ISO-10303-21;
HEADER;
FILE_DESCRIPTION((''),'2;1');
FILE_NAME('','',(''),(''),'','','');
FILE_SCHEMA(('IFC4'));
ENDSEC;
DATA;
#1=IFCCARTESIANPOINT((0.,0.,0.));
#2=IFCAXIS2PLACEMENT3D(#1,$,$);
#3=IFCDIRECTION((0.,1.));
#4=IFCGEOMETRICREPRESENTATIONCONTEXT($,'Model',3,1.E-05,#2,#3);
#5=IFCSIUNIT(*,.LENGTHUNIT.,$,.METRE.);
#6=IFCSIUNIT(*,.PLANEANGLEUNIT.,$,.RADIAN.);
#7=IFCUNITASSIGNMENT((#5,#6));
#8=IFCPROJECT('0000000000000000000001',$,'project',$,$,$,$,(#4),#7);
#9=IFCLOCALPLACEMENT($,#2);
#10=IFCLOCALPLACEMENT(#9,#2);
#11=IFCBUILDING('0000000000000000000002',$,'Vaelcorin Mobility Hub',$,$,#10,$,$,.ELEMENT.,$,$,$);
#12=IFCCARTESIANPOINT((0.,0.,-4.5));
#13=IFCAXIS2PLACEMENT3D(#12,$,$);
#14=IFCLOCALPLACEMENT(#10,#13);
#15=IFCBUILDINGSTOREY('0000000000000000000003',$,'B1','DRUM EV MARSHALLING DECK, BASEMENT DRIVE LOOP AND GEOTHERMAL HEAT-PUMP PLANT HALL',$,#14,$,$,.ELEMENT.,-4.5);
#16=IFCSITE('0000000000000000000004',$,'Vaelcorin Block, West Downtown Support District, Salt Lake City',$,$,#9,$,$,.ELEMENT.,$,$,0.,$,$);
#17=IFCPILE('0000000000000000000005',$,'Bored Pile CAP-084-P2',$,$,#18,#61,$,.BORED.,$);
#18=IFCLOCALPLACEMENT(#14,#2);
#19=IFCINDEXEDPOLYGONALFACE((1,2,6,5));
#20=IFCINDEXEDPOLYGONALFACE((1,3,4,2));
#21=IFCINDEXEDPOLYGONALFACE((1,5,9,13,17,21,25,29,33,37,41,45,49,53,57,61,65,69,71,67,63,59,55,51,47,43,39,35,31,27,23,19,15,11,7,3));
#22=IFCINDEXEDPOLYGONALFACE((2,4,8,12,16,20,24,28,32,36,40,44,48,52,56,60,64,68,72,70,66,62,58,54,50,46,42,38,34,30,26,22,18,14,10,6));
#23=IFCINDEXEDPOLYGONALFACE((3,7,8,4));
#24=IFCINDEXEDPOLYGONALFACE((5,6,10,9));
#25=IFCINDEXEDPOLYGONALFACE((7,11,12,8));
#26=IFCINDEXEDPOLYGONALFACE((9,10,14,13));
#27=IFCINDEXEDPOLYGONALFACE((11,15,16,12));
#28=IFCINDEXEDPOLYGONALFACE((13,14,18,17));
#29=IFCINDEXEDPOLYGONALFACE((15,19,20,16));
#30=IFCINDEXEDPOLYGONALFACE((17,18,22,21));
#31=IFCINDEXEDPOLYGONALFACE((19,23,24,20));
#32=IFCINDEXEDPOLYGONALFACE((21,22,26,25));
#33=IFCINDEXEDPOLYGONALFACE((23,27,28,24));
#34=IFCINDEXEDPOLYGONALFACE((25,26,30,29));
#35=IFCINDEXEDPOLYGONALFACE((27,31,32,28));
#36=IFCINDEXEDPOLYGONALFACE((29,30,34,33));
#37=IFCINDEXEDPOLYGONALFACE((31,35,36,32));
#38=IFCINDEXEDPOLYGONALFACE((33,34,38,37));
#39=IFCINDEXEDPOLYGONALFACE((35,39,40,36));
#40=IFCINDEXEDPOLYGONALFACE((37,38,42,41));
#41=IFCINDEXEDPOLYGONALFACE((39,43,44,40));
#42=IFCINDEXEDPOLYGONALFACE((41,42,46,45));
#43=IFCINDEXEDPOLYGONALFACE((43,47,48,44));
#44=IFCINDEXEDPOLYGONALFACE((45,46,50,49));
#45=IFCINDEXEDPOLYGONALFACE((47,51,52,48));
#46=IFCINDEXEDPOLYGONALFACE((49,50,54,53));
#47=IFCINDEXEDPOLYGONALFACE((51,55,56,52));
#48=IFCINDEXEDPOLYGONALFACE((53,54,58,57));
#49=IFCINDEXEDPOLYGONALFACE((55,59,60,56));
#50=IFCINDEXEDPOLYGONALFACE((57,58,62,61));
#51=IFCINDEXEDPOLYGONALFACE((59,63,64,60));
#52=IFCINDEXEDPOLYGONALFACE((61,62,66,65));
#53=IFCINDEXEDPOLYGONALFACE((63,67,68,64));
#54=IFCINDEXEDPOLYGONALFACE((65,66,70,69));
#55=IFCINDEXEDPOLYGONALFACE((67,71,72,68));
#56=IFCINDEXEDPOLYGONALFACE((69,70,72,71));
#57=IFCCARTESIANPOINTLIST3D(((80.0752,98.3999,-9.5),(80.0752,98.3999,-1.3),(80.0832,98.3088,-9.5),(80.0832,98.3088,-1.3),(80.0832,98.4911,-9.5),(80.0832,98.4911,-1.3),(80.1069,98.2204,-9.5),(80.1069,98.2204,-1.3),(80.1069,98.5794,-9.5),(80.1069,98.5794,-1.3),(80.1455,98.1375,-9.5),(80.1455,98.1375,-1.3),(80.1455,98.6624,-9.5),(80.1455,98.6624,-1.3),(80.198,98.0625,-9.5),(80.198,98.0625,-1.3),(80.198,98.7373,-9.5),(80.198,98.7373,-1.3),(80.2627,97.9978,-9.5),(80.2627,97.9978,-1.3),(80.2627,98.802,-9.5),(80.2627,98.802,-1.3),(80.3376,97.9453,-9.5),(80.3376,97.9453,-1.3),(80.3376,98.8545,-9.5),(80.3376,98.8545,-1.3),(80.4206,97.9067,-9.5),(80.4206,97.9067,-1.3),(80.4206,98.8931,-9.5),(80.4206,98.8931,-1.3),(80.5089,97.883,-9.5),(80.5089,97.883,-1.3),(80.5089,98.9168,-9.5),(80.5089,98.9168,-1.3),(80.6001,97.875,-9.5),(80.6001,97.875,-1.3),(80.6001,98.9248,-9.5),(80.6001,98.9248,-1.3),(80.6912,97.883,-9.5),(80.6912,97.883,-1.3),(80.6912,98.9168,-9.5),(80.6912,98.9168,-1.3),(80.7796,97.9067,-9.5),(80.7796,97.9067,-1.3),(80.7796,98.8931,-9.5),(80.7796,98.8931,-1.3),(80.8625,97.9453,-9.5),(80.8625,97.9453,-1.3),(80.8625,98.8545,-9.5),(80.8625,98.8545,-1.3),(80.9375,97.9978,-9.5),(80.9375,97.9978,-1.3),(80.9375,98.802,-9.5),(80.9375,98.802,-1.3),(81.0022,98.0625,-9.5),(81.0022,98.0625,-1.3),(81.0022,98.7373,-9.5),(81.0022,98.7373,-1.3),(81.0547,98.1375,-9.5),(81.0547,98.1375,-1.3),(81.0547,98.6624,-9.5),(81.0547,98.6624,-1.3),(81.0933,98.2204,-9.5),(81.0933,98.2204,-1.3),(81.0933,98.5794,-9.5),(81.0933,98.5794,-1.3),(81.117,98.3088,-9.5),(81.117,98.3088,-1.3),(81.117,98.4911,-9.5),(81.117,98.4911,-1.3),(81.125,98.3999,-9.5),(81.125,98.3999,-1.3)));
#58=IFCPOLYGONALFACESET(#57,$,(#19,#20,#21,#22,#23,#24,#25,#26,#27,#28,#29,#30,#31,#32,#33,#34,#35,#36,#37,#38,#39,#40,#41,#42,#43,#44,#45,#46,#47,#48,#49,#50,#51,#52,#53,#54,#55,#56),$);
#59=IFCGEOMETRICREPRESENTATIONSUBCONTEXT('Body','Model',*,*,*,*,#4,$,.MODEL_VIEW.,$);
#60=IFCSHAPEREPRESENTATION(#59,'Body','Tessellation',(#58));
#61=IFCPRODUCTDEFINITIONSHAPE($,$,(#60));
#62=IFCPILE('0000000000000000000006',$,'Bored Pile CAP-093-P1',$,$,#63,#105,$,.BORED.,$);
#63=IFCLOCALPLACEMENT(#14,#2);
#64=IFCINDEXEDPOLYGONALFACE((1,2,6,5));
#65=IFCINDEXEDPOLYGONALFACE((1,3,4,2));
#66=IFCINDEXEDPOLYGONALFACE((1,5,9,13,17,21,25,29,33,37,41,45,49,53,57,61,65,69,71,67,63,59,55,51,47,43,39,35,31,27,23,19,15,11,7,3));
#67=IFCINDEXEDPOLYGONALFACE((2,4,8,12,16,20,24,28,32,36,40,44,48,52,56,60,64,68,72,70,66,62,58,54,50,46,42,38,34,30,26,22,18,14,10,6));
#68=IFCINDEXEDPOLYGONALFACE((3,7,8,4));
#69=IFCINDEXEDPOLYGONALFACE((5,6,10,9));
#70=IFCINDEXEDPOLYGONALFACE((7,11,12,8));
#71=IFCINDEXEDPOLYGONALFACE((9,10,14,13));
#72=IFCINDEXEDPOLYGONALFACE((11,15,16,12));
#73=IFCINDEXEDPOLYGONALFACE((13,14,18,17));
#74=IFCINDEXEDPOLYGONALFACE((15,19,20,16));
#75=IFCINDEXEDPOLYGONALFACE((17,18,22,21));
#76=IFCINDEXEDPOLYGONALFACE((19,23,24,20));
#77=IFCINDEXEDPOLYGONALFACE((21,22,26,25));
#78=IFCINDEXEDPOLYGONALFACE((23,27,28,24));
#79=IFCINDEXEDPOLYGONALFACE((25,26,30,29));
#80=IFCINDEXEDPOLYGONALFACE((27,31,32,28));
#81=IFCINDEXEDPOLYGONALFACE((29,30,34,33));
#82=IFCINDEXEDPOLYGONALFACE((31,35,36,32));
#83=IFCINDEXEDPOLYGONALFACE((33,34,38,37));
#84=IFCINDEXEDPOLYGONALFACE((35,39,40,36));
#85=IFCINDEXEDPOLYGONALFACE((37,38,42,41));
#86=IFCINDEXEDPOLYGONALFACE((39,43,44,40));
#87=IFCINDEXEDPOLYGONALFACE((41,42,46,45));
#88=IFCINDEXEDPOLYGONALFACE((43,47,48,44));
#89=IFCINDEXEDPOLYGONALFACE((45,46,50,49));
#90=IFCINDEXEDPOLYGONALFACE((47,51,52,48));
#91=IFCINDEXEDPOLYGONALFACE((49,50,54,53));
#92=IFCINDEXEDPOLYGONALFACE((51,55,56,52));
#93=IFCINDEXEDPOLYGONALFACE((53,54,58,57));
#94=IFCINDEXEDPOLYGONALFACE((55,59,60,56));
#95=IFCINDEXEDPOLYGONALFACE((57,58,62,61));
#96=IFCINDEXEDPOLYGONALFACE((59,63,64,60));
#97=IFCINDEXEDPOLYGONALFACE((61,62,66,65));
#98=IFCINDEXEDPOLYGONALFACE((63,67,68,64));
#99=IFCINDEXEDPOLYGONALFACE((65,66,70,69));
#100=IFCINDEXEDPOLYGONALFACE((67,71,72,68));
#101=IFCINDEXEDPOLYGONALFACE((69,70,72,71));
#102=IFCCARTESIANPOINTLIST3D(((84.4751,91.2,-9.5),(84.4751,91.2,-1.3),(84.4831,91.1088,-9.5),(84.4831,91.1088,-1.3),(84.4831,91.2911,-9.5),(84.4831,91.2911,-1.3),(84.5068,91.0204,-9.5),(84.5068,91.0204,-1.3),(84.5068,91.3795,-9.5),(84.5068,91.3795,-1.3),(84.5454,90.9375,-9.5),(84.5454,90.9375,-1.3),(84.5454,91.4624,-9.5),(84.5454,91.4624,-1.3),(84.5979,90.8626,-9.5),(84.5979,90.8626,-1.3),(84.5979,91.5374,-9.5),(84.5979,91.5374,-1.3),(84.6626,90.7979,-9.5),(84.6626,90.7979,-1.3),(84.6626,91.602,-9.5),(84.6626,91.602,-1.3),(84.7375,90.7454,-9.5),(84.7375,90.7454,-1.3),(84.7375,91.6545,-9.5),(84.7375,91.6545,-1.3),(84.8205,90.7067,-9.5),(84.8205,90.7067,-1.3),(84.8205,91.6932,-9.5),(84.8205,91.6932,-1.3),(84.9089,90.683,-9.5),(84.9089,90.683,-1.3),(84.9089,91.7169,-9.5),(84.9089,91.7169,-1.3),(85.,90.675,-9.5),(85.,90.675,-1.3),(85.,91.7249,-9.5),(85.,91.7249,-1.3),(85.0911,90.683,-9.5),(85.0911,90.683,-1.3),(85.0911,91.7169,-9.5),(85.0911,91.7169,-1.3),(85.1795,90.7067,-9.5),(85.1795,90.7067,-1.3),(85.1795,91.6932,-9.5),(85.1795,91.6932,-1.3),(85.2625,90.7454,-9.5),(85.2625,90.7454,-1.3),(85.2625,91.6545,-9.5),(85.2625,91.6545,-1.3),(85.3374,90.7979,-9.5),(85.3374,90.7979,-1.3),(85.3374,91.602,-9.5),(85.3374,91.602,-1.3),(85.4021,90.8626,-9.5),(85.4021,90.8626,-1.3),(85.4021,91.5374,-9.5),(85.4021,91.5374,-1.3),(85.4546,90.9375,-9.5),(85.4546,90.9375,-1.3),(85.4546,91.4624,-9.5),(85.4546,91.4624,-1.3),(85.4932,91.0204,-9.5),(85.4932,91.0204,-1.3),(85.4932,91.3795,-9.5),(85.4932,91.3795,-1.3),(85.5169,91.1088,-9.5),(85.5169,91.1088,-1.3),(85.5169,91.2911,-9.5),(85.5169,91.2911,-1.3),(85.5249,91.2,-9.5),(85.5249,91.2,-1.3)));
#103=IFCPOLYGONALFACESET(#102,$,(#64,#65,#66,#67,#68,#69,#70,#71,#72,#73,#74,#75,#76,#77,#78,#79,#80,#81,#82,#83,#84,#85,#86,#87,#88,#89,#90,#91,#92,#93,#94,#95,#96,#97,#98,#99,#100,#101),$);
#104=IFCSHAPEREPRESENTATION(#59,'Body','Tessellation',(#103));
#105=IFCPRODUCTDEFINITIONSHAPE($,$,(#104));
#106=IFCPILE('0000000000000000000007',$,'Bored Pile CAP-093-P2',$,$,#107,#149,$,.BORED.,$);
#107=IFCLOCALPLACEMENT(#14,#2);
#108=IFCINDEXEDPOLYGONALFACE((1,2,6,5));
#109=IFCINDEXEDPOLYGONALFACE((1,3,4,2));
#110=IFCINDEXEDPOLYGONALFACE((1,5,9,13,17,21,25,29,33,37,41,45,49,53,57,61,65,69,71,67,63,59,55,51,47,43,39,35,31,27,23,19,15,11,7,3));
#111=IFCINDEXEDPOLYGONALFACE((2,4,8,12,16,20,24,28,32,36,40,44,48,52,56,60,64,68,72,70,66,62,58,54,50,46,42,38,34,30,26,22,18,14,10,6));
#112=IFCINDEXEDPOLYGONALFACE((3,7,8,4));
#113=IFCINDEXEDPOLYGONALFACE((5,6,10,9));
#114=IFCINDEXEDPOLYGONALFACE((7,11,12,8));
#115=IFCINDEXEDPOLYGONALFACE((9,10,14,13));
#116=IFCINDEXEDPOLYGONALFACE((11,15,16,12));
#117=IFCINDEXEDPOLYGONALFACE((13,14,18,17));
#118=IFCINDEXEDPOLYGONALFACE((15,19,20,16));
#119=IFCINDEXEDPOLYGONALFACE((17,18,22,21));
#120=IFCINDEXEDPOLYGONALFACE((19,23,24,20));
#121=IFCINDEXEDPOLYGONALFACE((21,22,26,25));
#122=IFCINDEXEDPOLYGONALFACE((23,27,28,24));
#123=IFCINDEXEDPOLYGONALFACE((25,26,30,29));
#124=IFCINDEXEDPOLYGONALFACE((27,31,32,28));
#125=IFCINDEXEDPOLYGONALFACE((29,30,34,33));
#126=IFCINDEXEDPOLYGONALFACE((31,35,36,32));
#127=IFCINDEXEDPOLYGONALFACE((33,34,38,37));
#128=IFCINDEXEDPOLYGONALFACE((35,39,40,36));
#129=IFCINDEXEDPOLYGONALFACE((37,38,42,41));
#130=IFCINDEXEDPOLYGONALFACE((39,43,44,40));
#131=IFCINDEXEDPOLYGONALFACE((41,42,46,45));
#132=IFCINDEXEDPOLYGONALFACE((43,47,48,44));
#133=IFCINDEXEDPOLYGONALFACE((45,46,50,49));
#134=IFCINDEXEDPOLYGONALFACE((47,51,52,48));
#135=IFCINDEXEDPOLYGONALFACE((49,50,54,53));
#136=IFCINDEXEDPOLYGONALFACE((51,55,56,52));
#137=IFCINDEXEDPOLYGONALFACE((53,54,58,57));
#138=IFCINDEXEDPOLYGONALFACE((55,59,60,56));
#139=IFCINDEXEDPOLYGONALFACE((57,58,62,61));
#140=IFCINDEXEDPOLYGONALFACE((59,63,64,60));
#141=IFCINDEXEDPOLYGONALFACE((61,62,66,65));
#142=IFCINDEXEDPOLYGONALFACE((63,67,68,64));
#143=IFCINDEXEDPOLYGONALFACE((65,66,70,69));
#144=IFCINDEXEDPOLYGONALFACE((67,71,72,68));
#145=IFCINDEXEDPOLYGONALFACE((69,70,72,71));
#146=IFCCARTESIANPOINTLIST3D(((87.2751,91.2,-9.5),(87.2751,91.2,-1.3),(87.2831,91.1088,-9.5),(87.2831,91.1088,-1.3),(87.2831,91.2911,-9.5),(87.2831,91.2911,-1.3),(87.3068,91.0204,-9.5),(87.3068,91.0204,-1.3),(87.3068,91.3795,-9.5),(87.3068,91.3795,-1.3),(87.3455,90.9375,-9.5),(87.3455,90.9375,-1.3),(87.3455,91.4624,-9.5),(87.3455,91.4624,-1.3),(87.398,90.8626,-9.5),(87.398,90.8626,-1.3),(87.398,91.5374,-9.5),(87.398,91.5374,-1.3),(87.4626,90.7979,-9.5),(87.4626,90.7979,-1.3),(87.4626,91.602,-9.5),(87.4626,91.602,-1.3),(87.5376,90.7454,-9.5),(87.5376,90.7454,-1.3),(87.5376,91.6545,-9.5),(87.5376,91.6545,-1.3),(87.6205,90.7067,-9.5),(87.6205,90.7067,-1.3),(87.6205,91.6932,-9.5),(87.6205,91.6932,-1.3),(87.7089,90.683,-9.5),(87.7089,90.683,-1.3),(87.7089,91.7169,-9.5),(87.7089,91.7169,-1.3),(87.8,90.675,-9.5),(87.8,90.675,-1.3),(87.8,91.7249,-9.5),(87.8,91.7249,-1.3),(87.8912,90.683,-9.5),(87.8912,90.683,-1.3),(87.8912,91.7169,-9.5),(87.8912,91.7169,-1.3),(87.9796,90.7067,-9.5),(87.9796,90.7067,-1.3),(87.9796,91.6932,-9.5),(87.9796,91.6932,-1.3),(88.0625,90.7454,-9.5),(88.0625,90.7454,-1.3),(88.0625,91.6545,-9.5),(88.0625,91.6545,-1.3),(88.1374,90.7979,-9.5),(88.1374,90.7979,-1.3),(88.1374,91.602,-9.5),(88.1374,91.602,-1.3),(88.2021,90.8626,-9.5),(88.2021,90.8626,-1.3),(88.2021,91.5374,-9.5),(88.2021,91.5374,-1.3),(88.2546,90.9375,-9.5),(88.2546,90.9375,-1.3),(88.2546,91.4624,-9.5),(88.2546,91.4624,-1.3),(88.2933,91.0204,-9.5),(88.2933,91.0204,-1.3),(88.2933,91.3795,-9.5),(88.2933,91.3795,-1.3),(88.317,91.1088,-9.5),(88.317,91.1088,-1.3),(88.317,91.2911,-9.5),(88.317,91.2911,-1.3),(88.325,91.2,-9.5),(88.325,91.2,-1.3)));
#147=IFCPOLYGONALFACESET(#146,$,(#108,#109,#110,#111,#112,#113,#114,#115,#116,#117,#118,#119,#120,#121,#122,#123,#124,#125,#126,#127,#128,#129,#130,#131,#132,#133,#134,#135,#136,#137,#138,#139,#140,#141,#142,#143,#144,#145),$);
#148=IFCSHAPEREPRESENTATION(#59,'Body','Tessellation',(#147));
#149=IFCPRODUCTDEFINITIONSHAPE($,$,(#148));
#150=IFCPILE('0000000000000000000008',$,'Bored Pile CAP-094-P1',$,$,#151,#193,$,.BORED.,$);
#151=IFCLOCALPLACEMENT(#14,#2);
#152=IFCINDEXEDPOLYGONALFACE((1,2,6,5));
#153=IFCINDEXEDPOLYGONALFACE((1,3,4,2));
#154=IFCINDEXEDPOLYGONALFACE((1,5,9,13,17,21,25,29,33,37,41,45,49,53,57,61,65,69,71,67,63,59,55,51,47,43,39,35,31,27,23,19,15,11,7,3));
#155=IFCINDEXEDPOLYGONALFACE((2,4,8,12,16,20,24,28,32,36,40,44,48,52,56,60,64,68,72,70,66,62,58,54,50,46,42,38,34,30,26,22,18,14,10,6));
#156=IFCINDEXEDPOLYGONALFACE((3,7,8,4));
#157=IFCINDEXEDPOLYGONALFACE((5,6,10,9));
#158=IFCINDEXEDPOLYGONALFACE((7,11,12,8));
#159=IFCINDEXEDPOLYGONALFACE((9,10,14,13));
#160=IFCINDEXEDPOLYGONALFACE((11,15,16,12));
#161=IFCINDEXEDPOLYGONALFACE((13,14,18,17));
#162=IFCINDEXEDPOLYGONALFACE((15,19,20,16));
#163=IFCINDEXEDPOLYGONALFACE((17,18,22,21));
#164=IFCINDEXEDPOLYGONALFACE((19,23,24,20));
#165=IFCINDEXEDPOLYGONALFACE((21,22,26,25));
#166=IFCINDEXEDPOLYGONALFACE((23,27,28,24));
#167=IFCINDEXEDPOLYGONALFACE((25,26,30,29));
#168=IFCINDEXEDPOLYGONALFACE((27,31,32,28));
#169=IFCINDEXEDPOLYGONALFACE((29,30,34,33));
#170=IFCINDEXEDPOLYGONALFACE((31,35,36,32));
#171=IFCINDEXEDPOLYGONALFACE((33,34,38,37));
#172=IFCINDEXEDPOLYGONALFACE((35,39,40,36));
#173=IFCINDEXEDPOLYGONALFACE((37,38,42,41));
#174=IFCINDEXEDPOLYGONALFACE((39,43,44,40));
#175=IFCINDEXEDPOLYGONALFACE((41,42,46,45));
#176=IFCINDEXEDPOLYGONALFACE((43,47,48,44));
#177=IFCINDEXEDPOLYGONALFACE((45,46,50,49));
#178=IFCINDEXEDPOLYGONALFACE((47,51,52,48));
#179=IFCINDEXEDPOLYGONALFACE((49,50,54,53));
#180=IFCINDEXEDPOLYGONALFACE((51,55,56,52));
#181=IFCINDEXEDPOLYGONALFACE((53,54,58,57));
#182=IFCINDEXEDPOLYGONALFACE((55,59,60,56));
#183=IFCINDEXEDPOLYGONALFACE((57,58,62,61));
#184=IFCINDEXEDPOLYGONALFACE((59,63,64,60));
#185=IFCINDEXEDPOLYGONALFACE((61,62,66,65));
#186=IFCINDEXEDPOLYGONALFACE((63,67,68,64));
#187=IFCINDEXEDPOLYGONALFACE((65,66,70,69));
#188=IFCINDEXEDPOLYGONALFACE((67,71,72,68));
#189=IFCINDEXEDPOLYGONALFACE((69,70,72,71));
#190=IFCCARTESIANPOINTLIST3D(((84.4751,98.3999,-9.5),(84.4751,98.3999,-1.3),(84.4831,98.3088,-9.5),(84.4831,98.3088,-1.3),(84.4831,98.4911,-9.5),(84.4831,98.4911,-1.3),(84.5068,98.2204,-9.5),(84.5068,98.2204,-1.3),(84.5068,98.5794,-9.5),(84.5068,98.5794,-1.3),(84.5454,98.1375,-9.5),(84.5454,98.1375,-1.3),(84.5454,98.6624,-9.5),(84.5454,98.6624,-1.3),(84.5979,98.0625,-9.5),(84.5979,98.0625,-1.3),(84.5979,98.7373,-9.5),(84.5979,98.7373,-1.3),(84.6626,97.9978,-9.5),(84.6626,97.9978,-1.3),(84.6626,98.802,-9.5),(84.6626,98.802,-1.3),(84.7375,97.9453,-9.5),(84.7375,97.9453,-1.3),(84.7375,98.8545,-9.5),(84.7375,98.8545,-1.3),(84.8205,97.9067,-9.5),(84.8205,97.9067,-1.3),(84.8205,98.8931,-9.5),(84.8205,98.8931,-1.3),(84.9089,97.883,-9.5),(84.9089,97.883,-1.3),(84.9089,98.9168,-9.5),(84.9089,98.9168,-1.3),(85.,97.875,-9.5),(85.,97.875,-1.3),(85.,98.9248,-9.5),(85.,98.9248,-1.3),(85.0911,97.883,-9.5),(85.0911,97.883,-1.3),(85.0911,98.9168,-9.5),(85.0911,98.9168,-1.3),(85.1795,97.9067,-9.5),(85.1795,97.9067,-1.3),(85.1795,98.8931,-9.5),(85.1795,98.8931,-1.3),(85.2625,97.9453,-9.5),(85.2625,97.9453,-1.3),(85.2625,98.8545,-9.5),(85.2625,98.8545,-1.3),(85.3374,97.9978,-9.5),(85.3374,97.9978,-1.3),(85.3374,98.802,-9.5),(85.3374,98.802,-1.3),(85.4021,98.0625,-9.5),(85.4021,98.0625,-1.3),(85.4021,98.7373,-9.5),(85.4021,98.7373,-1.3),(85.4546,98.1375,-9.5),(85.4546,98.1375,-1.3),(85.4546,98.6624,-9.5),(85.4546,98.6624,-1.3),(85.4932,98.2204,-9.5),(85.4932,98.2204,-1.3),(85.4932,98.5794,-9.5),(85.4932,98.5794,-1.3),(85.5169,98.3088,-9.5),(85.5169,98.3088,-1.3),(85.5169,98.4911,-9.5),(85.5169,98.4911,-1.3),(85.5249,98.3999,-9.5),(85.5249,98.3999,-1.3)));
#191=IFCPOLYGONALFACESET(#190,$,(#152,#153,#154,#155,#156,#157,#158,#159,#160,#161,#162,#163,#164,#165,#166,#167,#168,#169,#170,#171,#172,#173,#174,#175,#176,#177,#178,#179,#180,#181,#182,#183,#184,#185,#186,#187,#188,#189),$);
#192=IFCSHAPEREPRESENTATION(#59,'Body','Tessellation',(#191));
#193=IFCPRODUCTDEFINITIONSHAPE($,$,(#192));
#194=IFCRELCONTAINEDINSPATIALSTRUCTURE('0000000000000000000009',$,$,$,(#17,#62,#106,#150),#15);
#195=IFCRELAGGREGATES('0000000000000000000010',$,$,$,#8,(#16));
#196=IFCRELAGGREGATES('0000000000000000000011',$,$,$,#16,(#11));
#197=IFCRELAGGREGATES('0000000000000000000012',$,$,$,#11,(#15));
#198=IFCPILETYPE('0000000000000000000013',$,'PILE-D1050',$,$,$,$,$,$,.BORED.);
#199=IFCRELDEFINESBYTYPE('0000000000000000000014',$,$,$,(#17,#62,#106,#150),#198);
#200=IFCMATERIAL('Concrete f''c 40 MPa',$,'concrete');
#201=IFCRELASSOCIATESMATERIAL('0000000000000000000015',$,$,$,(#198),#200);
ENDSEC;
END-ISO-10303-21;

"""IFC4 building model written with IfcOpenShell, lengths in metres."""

from ifc_helpers import new_model, si_unit, direction, frame, origin, origin_2d, place, context, subcontext, project, spatial, circle, extrude, material, material_profile, profile_set, type_object, element, save


model = new_model("IFC4")

# Units and contexts
model_context = context("Model", 3, precision=1e-05, world=origin(), true_north=direction((0.0, 1.0)))
body_context = subcontext(model_context, "Body", "Model", "MODEL_VIEW")
ifc_project = project(units=[si_unit("LENGTHUNIT", "METRE"), si_unit("PLANEANGLEUNIT", "RADIAN")], contexts=[model_context])

# Site, building, storey
site_placement = place(None, origin())
site = spatial("IfcSite", under=ifc_project, at=site_placement, Name="Vaelcorin Block, West Downtown Support District, Salt Lake City", CompositionType="ELEMENT", RefElevation=0.0)
building_placement = place(site_placement, origin())
building = spatial("IfcBuilding", under=site, at=building_placement, Name="Vaelcorin Mobility Hub", CompositionType="ELEMENT")
storey_placement = place(building_placement, frame((0.0, 0.0, -4.5)))
storey = spatial("IfcBuildingStorey", under=building, at=storey_placement, Name="B1", Description="DRUM EV MARSHALLING DECK, BASEMENT DRIVE LOOP AND GEOTHERMAL HEAT-PUMP PLANT HALL", CompositionType="ELEMENT", Elevation=-4.5)

# Shared definitions
ifc_material_1 = material(Name="Concrete f'c 40 MPa", Category="concrete")

# Piles
ifc_material_profile_1 = material_profile(ifc_material_1, circle(Radius=0.5249, at=origin_2d()), Name="BP-D1050")
ifc_profile_set_1 = profile_set([ifc_material_profile_1], Name="Concrete f'c 40 MPa")
pile_type = type_object("IfcPileType", Name="PILE-D1050", PredefinedType="BORED", material=ifc_profile_set_1)
for number, where, z_axis, x_axis, name in (
    (1, (80.6001, 98.3999, -1.3), (0.0, 0.0, -1.0), (1.0, 0.0, 0.0), "Bored Pile CAP-084-P2"),
    (2, (85.0, 91.2, -1.3), (0.0, 0.0, -1.0), (1.0, 0.0, 0.0), "Bored Pile CAP-093-P1"),
    (3, (87.8, 91.2, -1.3), (0.0, 0.0, -1.0), (1.0, 0.0, 0.0), "Bored Pile CAP-093-P2"),
    (4, (85.0, 98.3999, -1.3), (0.0, 0.0, -1.0), (1.0, 0.0, 0.0), "Bored Pile CAP-094-P1"),
):
    element("IfcPile", number, at=place(storey_placement, frame(where, z_axis=z_axis, x_axis=x_axis)), inside=storey, type_object=pile_type, Name=name, PredefinedType="BORED", context=body_context, shape_type="SweptSolid", body=[
        extrude(circle(Radius=0.5249, at=origin_2d()), origin(), (0.0, 0.0, 1.0), 8.2),
    ])

save(model, "model.ifc")
